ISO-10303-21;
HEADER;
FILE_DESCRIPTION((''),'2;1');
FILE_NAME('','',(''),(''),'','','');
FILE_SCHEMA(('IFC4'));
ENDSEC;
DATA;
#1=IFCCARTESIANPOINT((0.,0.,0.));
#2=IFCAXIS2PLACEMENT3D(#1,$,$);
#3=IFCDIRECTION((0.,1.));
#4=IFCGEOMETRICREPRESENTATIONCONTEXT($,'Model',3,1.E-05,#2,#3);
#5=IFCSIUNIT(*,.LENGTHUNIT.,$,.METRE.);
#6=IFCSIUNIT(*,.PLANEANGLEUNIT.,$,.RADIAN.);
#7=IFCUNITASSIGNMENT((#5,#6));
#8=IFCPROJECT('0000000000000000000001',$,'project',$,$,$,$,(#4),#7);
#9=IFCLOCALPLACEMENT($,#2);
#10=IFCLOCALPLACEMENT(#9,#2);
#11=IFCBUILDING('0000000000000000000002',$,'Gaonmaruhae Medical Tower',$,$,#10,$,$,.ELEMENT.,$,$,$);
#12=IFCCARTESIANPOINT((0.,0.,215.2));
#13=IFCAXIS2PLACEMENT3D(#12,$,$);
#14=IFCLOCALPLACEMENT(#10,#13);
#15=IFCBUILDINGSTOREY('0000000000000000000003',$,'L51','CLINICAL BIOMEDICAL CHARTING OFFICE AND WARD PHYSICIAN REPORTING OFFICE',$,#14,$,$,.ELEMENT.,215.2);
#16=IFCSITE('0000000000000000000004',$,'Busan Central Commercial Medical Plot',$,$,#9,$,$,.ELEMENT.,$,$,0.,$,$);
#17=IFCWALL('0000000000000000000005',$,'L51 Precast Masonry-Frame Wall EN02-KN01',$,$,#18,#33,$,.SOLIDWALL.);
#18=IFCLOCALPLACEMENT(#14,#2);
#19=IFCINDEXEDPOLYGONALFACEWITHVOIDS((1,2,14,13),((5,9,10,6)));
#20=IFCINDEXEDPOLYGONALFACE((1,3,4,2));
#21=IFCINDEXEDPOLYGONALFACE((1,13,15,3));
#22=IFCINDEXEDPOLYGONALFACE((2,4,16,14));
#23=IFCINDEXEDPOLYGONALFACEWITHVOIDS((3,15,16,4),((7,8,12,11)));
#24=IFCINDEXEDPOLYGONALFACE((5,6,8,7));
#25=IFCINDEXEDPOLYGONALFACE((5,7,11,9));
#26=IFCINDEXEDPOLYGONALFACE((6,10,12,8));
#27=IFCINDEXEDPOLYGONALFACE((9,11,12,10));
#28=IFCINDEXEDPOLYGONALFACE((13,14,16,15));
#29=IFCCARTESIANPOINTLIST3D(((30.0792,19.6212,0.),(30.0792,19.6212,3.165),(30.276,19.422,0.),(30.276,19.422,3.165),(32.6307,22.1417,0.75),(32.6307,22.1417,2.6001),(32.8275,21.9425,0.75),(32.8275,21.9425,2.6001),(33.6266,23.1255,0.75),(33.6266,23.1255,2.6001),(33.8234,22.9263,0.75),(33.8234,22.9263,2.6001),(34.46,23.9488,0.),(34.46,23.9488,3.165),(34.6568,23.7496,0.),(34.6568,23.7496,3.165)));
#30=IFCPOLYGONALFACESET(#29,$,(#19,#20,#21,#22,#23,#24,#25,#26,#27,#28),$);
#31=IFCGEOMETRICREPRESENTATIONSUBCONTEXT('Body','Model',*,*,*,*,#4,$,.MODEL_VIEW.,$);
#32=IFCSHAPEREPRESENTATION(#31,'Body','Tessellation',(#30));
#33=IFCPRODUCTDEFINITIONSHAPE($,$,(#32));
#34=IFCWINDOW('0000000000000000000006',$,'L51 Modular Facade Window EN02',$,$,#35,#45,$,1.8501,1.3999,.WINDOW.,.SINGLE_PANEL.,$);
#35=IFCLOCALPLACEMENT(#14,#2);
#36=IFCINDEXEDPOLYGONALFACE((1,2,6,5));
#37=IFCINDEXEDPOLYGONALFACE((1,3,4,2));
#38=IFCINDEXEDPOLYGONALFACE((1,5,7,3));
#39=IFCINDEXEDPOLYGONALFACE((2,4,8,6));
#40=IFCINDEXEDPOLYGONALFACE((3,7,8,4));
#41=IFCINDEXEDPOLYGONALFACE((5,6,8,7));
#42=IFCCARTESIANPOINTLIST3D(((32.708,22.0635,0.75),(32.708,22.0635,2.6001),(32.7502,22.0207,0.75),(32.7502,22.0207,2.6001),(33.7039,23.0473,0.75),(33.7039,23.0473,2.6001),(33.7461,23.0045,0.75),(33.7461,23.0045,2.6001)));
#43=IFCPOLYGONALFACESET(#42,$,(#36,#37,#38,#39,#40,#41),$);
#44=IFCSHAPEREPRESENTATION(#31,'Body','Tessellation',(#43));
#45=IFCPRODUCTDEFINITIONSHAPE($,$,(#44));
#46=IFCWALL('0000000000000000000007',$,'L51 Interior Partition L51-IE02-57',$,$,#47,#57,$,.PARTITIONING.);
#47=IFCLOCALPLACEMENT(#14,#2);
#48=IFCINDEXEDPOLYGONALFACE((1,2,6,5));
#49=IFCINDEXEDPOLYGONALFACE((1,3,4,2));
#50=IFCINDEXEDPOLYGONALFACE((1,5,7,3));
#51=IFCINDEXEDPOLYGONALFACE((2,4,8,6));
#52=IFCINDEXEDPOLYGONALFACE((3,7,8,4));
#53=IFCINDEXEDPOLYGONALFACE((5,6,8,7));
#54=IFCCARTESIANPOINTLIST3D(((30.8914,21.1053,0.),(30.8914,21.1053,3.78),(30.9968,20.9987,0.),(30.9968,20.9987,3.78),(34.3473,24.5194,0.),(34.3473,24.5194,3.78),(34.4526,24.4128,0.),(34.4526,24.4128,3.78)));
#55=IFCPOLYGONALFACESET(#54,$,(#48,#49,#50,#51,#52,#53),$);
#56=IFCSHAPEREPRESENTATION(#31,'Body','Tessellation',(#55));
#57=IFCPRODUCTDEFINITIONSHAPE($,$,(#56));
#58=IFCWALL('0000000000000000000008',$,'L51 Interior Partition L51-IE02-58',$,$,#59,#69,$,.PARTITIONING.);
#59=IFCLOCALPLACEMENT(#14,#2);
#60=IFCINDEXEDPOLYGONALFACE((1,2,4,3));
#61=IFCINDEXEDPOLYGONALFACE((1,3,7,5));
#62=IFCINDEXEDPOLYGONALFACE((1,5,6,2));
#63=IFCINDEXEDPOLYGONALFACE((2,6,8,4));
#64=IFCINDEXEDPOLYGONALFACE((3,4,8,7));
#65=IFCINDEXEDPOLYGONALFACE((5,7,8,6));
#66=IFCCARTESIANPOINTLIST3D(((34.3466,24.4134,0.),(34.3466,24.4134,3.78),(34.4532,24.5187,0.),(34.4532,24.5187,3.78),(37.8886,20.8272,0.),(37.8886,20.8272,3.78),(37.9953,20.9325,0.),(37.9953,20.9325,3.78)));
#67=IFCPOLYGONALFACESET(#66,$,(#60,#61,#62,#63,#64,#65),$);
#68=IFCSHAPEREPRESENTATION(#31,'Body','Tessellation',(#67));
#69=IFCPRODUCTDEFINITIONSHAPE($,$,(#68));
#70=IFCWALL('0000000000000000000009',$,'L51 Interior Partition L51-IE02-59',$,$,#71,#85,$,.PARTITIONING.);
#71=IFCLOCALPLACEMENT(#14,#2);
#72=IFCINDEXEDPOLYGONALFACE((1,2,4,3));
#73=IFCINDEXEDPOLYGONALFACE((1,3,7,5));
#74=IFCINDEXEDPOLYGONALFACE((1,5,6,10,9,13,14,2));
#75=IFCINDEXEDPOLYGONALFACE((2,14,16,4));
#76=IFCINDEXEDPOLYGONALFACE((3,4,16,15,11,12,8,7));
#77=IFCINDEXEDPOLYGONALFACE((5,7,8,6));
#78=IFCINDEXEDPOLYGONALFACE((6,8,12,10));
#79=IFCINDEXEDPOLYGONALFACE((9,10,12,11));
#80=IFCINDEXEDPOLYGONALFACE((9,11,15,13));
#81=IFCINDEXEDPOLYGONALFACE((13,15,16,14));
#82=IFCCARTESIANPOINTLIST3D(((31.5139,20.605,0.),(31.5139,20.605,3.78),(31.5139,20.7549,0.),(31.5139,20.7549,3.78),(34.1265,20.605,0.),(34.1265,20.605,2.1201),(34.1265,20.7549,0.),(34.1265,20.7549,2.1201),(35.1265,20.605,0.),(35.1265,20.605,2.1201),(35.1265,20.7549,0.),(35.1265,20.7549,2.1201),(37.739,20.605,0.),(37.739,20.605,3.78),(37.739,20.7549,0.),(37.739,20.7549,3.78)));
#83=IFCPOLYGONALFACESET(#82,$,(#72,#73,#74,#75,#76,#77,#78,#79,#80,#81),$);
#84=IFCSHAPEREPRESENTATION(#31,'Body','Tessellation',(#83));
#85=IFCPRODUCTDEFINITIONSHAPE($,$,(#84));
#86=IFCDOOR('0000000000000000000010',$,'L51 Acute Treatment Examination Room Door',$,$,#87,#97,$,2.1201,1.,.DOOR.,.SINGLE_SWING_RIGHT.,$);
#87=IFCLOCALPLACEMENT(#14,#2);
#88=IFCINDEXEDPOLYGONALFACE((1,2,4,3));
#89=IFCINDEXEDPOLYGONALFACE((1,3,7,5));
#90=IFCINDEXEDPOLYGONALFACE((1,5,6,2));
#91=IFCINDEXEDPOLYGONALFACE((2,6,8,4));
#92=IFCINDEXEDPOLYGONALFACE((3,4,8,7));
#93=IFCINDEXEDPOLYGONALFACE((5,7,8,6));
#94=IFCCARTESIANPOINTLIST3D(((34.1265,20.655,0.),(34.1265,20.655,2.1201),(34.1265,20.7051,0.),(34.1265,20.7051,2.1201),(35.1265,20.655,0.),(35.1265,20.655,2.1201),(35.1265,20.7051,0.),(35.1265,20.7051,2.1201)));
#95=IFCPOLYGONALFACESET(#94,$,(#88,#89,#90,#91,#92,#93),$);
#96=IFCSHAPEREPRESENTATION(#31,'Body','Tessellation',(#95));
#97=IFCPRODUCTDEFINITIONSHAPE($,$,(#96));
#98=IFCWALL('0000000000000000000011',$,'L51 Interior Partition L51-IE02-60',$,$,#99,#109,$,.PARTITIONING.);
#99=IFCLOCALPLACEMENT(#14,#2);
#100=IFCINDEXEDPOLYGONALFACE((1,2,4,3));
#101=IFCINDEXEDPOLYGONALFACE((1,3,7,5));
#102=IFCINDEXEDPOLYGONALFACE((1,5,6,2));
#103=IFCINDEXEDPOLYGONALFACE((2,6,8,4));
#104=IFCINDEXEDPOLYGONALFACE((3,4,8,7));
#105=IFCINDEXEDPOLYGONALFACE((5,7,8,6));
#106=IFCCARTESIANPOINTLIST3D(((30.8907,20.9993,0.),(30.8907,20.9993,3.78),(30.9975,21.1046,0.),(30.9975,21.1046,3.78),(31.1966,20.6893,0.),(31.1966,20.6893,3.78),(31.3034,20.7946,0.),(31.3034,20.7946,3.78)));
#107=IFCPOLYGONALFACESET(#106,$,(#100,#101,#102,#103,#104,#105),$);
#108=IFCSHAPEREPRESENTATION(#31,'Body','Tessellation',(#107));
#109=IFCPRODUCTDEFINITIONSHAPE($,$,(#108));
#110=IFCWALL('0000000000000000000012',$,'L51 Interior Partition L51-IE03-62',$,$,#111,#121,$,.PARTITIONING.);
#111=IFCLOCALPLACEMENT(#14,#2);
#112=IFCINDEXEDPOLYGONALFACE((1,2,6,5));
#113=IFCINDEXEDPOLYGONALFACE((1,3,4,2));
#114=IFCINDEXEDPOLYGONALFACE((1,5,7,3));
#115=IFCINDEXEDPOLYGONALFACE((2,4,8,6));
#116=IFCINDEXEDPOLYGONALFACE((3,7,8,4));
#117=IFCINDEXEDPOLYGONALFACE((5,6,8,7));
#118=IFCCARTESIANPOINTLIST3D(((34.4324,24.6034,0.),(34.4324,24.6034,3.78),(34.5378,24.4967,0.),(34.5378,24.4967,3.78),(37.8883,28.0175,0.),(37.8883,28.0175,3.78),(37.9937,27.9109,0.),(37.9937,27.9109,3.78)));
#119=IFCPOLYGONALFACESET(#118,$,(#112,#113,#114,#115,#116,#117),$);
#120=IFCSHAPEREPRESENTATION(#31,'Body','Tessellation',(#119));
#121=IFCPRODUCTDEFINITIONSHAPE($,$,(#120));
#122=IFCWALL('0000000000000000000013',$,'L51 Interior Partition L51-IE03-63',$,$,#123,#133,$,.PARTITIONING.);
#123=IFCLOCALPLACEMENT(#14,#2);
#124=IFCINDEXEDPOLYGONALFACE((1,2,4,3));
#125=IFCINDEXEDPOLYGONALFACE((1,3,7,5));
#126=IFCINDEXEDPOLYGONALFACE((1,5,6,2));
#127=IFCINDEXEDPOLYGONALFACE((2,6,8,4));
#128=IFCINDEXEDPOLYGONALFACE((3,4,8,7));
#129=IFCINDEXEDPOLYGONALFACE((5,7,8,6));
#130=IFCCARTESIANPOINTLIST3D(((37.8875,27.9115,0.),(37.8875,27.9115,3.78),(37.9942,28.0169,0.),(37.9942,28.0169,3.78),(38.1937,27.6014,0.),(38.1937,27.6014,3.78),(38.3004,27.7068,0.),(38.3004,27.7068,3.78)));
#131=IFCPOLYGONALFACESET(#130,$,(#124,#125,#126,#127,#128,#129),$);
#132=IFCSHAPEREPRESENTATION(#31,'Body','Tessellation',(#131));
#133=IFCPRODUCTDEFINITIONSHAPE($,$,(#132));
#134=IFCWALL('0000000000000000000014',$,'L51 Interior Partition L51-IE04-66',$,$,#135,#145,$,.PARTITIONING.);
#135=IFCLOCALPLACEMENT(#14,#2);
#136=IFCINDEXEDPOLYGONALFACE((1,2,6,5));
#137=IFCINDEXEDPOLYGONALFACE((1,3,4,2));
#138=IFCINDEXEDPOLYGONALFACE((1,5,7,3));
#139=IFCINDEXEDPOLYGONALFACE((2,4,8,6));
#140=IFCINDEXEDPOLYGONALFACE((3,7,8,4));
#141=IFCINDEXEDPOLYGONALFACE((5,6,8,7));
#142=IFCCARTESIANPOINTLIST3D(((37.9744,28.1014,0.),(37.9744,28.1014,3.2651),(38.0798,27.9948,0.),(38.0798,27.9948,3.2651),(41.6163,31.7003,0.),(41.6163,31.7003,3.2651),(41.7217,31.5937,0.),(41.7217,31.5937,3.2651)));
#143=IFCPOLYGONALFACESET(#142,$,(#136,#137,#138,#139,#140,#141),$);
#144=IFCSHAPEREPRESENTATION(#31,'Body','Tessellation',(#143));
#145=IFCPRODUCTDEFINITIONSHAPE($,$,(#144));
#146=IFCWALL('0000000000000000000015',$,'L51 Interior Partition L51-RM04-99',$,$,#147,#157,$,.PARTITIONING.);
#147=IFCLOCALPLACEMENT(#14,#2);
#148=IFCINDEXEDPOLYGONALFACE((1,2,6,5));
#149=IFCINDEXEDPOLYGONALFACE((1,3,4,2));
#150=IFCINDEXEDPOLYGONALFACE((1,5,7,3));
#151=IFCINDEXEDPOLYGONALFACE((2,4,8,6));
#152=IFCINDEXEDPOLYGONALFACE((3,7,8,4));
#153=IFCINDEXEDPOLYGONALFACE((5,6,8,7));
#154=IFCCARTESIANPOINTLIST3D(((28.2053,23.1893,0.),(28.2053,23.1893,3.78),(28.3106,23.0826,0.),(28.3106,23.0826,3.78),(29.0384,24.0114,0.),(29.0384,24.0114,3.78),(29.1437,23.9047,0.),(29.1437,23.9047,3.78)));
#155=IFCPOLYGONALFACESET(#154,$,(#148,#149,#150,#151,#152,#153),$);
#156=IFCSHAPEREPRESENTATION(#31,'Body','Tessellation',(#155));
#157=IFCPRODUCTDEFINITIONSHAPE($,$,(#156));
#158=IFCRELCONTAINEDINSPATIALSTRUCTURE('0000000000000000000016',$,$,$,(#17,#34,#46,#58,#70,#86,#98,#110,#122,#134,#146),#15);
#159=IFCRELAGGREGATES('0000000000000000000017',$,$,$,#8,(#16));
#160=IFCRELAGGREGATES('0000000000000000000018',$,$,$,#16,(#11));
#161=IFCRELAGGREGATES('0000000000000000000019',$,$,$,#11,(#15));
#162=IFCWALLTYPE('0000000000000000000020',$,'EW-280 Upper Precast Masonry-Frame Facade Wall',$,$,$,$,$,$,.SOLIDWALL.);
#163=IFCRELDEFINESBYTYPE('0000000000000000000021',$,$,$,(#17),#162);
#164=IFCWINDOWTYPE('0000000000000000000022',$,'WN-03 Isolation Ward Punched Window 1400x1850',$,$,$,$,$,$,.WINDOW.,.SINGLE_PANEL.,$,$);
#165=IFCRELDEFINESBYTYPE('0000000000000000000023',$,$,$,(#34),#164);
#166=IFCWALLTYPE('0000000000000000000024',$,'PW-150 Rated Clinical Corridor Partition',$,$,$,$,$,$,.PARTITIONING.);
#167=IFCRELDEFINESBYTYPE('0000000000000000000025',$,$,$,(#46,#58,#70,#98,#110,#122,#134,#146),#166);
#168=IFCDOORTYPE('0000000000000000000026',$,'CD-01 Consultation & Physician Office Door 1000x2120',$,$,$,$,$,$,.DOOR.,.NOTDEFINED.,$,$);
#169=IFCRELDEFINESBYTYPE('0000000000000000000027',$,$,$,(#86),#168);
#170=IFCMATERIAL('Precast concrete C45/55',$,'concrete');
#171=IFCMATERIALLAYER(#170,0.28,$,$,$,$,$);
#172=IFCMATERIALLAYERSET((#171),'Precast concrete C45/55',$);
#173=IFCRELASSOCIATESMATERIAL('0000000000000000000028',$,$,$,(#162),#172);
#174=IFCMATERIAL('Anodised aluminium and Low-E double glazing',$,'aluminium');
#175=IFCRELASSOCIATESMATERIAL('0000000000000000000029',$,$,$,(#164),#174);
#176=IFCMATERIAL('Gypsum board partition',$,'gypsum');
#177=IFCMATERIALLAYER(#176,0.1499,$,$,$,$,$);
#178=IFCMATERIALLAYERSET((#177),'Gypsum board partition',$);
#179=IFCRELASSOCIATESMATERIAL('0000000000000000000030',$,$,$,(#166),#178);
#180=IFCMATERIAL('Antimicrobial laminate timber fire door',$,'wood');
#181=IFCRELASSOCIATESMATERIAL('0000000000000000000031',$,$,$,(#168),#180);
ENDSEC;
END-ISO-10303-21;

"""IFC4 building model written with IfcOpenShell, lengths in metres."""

from ifc_helpers import new_model, si_unit, direction, frame, frame_2d, origin, place, context, subcontext, project, spatial, rectangle, extrude, material, layer, layer_set, type_object, element, fill, save


model = new_model("IFC4")

# Units and contexts
model_context = context("Model", 3, precision=1e-05, world=origin(), true_north=direction((0.0, 1.0)))
body_context = subcontext(model_context, "Body", "Model", "MODEL_VIEW")
ifc_project = project(units=[si_unit("LENGTHUNIT", "METRE"), si_unit("PLANEANGLEUNIT", "RADIAN")], contexts=[model_context])

# Site, building, storey
site_placement = place(None, origin())
site = spatial("IfcSite", under=ifc_project, at=site_placement, Name="Busan Central Commercial Medical Plot", CompositionType="ELEMENT", RefElevation=0.0)
building_placement = place(site_placement, origin())
building = spatial("IfcBuilding", under=site, at=building_placement, Name="Gaonmaruhae Medical Tower", CompositionType="ELEMENT")
storey_placement = place(building_placement, frame((0.0, 0.0, 215.2)))
storey = spatial("IfcBuildingStorey", under=building, at=storey_placement, Name="L51", Description="CLINICAL BIOMEDICAL CHARTING OFFICE AND WARD PHYSICIAN REPORTING OFFICE", CompositionType="ELEMENT", Elevation=215.2)

# Wall, opening, window
ifc_material_1 = material(Name="Precast concrete C45/55", Category="concrete")
ifc_layer_1 = layer(ifc_material_1, 0.28)
ifc_layer_set_1 = layer_set([ifc_layer_1], Name="Precast concrete C45/55")
wall_type_1 = type_object("IfcWallType", Name="EW-280 Upper Precast Masonry-Frame Facade Wall", PredefinedType="SOLIDWALL", material=ifc_layer_set_1)
ifc_material_2 = material(Name="Anodised aluminium and Low-E double glazing", Category="aluminium")
wall_1_placement = place(storey_placement, frame((30.1775, 19.5215, 0.0), z_axis=(0.0, 0.0, 1.0), x_axis=(0.711415, 0.702772, 0.0)))
wall_1 = element("IfcWall", 1, at=wall_1_placement, inside=storey, type_object=wall_type_1, Name="L51 Precast Masonry-Frame Wall EN02-KN01", PredefinedType="SOLIDWALL", context=body_context, shape_type="SweptSolid", body=[
    extrude(rectangle(XDim=6.158, YDim=0.28, at=frame_2d((3.0791, 0.0))), origin(), (0.0, 0.0, 1.0), 3.165),
])
opening_1_placement = place(wall_1_placement, frame((3.5867, 0.0, 0.75)))
opening_1 = element("IfcOpeningElement", 2, at=opening_1_placement, cuts=wall_1, PredefinedType="OPENING", context=body_context, shape_type="SweptSolid", body=[
    extrude(rectangle(XDim=1.3999, YDim=1.8501, at=frame_2d((0.7, 0.925))), frame((0.0, 0.1499, 0.0), z_axis=(0.0, -1.0, 0.0), x_axis=(1.0, 0.0, 0.0)), (0.0, 0.0, 1.0), 0.3),
])
window_type_1 = type_object("IfcWindowType", Name="WN-03 Isolation Ward Punched Window 1400x1850", PartitioningType="SINGLE_PANEL", PredefinedType="WINDOW", material=ifc_material_2)
window_1_placement = place(opening_1_placement, origin())
window_1 = element("IfcWindow", 3, at=window_1_placement, inside=storey, type_object=window_type_1, Name="L51 Modular Facade Window EN02", OverallHeight=1.8501, OverallWidth=1.3999, PartitioningType="SINGLE_PANEL", PredefinedType="WINDOW", context=body_context, shape_type="SweptSolid", body=[
    extrude(rectangle(XDim=1.3999, YDim=1.8501, at=frame_2d((0.7, 0.925))), frame((0.0, 0.03, 0.0), z_axis=(0.0, -1.0, 0.0), x_axis=(1.0, 0.0, 0.0)), (0.0, 0.0, 1.0), 0.0601),
])
fill(opening_1, window_1)

# Walls
ifc_material_3 = material(Name="Gypsum board partition", Category="gypsum")
ifc_layer_2 = layer(ifc_material_3, 0.1499)
ifc_layer_set_2 = layer_set([ifc_layer_2], Name="Gypsum board partition")
wall_type_2 = type_object("IfcWallType", Name="PW-150 Rated Clinical Corridor Partition", PredefinedType="PARTITIONING", material=ifc_layer_set_2)
wall_2_placement = place(storey_placement, frame((30.9441, 21.052, 0.0), z_axis=(0.0, 0.0, 1.0), x_axis=(0.711391, 0.702797, 0.0)))
element("IfcWall", 4, at=wall_2_placement, inside=storey, type_object=wall_type_2, Name="L51 Interior Partition L51-IE02-57", PredefinedType="PARTITIONING", context=body_context, shape_type="SweptSolid", body=[
    extrude(rectangle(XDim=4.8579, YDim=0.1499, at=frame_2d((2.429, 0.0))), origin(), (0.0, 0.0, 1.0), 3.78),
])
wall_3_placement = place(storey_placement, frame((34.3999, 24.4661, 0.0), z_axis=(0.0, 0.0, 1.0), x_axis=(0.70271, -0.711477, 0.0)))
element("IfcWall", 5, at=wall_3_placement, inside=storey, type_object=wall_type_2, Name="L51 Interior Partition L51-IE02-58", PredefinedType="PARTITIONING", context=body_context, shape_type="SweptSolid", body=[
    extrude(rectangle(XDim=5.0405, YDim=0.1499, at=frame_2d((2.5203, 0.0))), origin(), (0.0, 0.0, 1.0), 3.78),
])

# Wall, opening, door
wall_4_placement = place(storey_placement, frame((37.739, 20.6799, 0.0), z_axis=(0.0, 0.0, 1.0), x_axis=(-1.0, 0.0, 0.0)))
wall_4 = element("IfcWall", 6, at=wall_4_placement, inside=storey, type_object=wall_type_2, Name="L51 Interior Partition L51-IE02-59", PredefinedType="PARTITIONING", context=body_context, shape_type="SweptSolid", body=[
    extrude(rectangle(XDim=6.2251, YDim=0.1499, at=frame_2d((3.1125, 0.0))), origin(), (0.0, 0.0, 1.0), 3.78),
])
opening_2_placement = place(wall_4_placement, frame((2.6125, 0.0, 0.0)))
opening_2 = element("IfcOpeningElement", 7, at=opening_2_placement, cuts=wall_4, PredefinedType="OPENING", context=body_context, shape_type="SweptSolid", body=[
    extrude(rectangle(XDim=1.0, YDim=2.1201, at=frame_2d((0.5, 1.0601))), frame((0.0, 0.085, 0.0), z_axis=(0.0, -1.0, 0.0), x_axis=(1.0, 0.0, 0.0)), (0.0, 0.0, 1.0), 0.1699),
])
ifc_material_4 = material(Name="Antimicrobial laminate timber fire door", Category="wood")
door_type = type_object("IfcDoorType", Name="CD-01 Consultation & Physician Office Door 1000x2120", OperationType="NOTDEFINED", PredefinedType="DOOR", material=ifc_material_4)
door_placement = place(opening_2_placement, origin())
door = element("IfcDoor", 8, at=door_placement, inside=storey, type_object=door_type, Name="L51 Acute Treatment Examination Room Door", OperationType="SINGLE_SWING_RIGHT", OverallHeight=2.1201, OverallWidth=1.0, PredefinedType="DOOR", context=body_context, shape_type="SweptSolid", body=[
    extrude(rectangle(XDim=1.0, YDim=2.1201, at=frame_2d((0.5, 1.0601))), frame((0.0, 0.0249, 0.0), z_axis=(0.0, -1.0, 0.0), x_axis=(1.0, 0.0, 0.0)), (0.0, 0.0, 1.0), 0.05),
])
fill(opening_2, door)

# Walls
wall_5_placement = place(storey_placement, frame((31.25, 20.7419, 0.0), z_axis=(0.0, 0.0, 1.0), x_axis=(-0.702326, 0.711855, 0.0)))
element("IfcWall", 9, at=wall_5_placement, inside=storey, type_object=wall_type_2, Name="L51 Interior Partition L51-IE02-60", PredefinedType="PARTITIONING", context=body_context, shape_type="SweptSolid", body=[
    extrude(rectangle(XDim=0.4355, YDim=0.1499, at=frame_2d((0.2178, 0.0))), origin(), (0.0, 0.0, 1.0), 3.78),
])
wall_6_placement = place(storey_placement, frame((34.4851, 24.55, 0.0), z_axis=(0.0, 0.0, 1.0), x_axis=(0.711391, 0.702797, 0.0)))
element("IfcWall", 10, at=wall_6_placement, inside=storey, type_object=wall_type_2, Name="L51 Interior Partition L51-IE03-62", PredefinedType="PARTITIONING", context=body_context, shape_type="SweptSolid", body=[
    extrude(rectangle(XDim=4.8579, YDim=0.1499, at=frame_2d((2.429, 0.0))), origin(), (0.0, 0.0, 1.0), 3.78),
])
wall_7_placement = place(storey_placement, frame((37.9409, 27.9641, 0.0), z_axis=(0.0, 0.0, 1.0), x_axis=(0.70261, -0.711575, 0.0)))
element("IfcWall", 11, at=wall_7_placement, inside=storey, type_object=wall_type_2, Name="L51 Interior Partition L51-IE03-63", PredefinedType="PARTITIONING", context=body_context, shape_type="SweptSolid", body=[
    extrude(rectangle(XDim=0.4358, YDim=0.1499, at=frame_2d((0.2178, 0.0))), origin(), (0.0, 0.0, 1.0), 3.78),
])
wall_8_placement = place(storey_placement, frame((38.0271, 28.0481, 0.0), z_axis=(0.0, 0.0, 1.0), x_axis=(0.71129, 0.702898, 0.0)))
element("IfcWall", 12, at=wall_8_placement, inside=storey, type_object=wall_type_2, Name="L51 Interior Partition L51-IE04-66", PredefinedType="PARTITIONING", context=body_context, shape_type="SweptSolid", body=[
    extrude(rectangle(XDim=5.1201, YDim=0.1499, at=frame_2d((2.5601, 0.0))), origin(), (0.0, 0.0, 1.0), 3.2651),
])
wall_9_placement = place(storey_placement, frame((29.0911, 23.958, 0.0), z_axis=(0.0, 0.0, 1.0), x_axis=(-0.711785, -0.702397, 0.0)))
element("IfcWall", 13, at=wall_9_placement, inside=storey, type_object=wall_type_2, Name="L51 Interior Partition L51-RM04-99", PredefinedType="PARTITIONING", context=body_context, shape_type="SweptSolid", body=[
    extrude(rectangle(XDim=1.1704, YDim=0.1499, at=frame_2d((0.5852, 0.0))), origin(), (0.0, 0.0, 1.0), 3.78),
])

save(model, "model.ifc")
